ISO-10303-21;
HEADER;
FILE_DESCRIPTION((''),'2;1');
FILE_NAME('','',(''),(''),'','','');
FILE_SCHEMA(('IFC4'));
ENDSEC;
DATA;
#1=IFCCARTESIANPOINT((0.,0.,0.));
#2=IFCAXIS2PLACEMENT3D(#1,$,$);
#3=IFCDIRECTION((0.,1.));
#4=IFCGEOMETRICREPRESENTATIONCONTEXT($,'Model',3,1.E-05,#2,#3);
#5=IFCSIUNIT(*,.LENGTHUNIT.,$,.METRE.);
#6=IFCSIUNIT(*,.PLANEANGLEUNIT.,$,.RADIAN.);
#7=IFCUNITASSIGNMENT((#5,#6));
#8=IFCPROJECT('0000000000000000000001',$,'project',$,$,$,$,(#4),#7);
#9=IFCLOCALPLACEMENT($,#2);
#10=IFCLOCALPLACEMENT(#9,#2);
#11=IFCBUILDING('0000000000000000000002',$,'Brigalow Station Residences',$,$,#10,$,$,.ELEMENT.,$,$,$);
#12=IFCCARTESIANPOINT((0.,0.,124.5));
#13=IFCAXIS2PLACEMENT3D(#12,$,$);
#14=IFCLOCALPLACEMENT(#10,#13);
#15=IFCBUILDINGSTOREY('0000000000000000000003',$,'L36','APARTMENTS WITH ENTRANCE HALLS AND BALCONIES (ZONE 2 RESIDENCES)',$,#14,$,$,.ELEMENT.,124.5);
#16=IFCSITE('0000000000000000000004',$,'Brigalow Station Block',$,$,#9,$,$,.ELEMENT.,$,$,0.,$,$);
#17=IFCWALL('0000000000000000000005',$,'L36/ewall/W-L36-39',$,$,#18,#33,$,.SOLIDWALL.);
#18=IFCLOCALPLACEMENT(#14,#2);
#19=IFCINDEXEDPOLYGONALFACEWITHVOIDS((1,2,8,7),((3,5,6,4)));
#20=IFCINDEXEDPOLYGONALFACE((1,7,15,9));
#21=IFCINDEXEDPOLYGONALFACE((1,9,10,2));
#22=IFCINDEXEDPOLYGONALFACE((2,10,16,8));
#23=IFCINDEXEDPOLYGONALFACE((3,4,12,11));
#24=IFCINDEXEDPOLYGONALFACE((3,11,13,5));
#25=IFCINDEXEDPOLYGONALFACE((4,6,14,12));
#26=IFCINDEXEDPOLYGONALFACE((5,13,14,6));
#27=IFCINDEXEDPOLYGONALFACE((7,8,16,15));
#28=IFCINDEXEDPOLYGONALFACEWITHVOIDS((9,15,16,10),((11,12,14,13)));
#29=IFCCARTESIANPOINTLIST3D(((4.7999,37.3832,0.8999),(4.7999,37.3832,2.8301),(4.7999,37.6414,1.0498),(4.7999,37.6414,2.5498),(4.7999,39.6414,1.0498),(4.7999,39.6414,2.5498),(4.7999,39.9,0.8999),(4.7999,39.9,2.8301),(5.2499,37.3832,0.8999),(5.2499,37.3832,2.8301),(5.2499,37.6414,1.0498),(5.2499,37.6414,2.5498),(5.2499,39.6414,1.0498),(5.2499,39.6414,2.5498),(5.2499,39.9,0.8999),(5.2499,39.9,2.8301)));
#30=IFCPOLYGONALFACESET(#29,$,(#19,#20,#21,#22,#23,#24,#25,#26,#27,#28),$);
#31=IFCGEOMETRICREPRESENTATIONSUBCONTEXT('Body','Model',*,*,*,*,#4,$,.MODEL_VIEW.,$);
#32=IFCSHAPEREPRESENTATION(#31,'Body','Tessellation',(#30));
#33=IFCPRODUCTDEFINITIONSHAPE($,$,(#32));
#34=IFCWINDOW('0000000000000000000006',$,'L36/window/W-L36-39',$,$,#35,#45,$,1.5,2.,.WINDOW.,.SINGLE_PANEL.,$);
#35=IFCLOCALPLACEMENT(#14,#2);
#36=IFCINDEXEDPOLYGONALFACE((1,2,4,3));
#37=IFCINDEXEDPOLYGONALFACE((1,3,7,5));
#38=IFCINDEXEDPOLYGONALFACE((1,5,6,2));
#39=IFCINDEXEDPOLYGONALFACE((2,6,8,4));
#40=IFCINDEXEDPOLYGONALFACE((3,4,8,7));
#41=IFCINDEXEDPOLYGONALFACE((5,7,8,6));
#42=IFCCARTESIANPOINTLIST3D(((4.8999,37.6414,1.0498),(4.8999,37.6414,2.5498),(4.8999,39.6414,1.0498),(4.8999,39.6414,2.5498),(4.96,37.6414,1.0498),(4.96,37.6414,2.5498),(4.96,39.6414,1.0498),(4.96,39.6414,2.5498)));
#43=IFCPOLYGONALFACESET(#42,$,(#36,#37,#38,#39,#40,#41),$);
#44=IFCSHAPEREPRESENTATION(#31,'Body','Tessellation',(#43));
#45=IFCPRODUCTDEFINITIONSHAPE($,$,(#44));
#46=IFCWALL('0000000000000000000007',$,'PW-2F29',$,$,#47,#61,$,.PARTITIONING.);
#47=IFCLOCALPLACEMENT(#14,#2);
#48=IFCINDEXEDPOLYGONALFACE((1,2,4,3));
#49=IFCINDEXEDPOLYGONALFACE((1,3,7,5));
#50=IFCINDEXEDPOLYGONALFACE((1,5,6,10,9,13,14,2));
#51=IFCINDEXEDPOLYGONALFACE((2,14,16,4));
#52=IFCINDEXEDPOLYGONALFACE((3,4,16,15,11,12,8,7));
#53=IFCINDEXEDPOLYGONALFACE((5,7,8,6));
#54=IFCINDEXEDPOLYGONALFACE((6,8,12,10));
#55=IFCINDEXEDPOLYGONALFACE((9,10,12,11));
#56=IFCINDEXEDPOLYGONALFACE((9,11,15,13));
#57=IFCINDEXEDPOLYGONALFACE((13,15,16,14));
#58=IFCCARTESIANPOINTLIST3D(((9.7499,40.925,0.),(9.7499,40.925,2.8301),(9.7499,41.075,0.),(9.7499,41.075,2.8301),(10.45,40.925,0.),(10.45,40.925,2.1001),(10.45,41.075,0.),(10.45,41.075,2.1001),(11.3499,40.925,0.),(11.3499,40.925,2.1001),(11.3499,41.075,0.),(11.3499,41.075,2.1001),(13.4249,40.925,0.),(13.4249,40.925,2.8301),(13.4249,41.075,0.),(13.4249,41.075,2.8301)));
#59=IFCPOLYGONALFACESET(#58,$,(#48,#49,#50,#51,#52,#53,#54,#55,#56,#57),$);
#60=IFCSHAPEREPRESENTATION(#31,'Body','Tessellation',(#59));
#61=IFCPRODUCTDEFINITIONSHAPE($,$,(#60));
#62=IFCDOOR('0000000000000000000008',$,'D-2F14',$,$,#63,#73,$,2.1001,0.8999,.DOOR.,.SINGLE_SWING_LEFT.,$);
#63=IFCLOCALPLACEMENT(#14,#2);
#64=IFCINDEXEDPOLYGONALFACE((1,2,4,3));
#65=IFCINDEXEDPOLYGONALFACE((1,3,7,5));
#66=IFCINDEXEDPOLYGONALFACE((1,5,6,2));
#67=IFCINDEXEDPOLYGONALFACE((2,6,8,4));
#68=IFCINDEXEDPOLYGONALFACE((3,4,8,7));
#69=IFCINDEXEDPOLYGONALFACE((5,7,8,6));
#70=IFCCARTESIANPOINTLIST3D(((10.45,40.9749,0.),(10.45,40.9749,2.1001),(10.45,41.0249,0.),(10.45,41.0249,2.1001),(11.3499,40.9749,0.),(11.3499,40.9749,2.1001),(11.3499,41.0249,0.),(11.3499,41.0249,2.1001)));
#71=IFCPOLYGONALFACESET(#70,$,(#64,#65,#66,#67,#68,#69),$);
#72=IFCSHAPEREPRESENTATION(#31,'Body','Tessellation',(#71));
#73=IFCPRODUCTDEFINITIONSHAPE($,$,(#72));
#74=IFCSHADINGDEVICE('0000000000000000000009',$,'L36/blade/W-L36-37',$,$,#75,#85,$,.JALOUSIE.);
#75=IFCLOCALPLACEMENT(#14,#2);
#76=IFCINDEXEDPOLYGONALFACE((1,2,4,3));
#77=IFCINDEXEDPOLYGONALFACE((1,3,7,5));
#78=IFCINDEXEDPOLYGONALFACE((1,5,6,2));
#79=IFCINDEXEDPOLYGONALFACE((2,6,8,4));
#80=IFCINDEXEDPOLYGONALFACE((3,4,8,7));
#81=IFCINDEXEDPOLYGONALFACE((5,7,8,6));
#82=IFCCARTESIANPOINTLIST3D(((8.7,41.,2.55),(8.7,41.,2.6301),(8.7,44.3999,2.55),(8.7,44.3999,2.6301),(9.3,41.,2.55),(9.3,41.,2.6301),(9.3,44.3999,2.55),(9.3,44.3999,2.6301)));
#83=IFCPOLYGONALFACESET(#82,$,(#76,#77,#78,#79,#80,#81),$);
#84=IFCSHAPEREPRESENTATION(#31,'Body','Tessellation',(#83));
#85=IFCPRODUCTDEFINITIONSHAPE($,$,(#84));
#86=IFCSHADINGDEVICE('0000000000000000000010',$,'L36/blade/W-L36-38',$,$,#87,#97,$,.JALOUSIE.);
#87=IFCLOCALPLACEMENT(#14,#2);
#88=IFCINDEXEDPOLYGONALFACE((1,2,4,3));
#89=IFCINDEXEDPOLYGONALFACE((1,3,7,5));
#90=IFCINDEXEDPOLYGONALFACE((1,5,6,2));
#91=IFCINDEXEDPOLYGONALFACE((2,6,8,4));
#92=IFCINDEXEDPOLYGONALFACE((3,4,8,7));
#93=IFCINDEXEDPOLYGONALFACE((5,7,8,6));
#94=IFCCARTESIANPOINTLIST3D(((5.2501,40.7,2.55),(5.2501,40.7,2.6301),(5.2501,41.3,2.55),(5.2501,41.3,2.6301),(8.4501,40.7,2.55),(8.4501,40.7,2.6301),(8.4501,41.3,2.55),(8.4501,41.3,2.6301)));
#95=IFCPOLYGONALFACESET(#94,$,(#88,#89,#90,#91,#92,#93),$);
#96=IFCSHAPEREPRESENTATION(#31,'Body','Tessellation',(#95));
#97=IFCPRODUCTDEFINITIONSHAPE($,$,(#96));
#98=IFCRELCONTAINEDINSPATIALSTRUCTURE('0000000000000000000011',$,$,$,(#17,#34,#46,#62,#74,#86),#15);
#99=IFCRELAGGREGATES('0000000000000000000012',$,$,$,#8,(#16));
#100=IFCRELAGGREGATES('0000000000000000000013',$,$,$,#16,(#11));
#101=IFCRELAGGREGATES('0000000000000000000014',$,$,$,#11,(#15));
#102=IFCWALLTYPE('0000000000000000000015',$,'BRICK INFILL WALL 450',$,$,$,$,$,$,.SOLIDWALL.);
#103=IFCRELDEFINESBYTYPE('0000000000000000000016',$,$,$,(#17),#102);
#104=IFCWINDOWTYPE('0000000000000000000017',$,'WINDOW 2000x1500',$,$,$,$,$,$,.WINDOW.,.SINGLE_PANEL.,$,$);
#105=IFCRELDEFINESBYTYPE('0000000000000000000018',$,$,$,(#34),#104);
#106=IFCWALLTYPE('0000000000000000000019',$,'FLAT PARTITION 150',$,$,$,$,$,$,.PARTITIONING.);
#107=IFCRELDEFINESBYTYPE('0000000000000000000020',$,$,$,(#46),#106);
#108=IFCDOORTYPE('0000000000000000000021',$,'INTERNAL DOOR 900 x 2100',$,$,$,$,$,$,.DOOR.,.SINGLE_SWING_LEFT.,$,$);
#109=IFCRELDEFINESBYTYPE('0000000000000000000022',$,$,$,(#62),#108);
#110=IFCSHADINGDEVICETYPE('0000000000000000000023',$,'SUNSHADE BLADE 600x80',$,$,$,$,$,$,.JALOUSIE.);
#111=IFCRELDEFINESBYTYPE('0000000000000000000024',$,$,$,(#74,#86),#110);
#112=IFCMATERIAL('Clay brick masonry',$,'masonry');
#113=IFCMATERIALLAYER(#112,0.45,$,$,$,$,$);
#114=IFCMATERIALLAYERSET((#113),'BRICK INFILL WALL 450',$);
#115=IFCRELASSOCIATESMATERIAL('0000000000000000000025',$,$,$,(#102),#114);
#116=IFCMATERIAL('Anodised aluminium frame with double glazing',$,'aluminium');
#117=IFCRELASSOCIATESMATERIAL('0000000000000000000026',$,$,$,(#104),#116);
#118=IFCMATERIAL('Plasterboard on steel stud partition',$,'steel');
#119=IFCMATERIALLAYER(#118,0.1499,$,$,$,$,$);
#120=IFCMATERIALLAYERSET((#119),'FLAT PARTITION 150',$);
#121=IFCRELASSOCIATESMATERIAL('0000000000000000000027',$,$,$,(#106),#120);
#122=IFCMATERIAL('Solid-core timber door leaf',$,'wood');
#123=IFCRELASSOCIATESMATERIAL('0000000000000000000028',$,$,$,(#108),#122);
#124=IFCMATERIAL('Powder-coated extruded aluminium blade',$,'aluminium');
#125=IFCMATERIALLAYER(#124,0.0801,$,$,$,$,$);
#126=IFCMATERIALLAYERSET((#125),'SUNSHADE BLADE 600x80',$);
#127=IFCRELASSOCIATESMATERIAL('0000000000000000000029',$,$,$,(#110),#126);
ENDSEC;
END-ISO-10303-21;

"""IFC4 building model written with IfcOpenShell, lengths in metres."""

from ifc_helpers import new_model, si_unit, direction, frame, frame_2d, origin, origin_2d, place, context, subcontext, project, spatial, rectangle, extrude, material, layer, layer_set, type_object, element, fill, save


model = new_model("IFC4")

# Units and contexts
model_context = context("Model", 3, precision=1e-05, world=origin(), true_north=direction((0.0, 1.0)))
body_context = subcontext(model_context, "Body", "Model", "MODEL_VIEW")
ifc_project = project(units=[si_unit("LENGTHUNIT", "METRE"), si_unit("PLANEANGLEUNIT", "RADIAN")], contexts=[model_context])

# Site, building, storey
site_placement = place(None, origin())
site = spatial("IfcSite", under=ifc_project, at=site_placement, Name="Brigalow Station Block", CompositionType="ELEMENT", RefElevation=0.0)
building_placement = place(site_placement, origin())
building = spatial("IfcBuilding", under=site, at=building_placement, Name="Brigalow Station Residences", CompositionType="ELEMENT")
storey_placement = place(building_placement, frame((0.0, 0.0, 124.5)))
storey = spatial("IfcBuildingStorey", under=building, at=storey_placement, Name="L36", Description="APARTMENTS WITH ENTRANCE HALLS AND BALCONIES (ZONE 2 RESIDENCES)", CompositionType="ELEMENT", Elevation=124.5)

# Shared definitions
ifc_material_1 = material(Name="Clay brick masonry", Category="masonry")
ifc_layer_1 = layer(ifc_material_1, 0.45)
ifc_layer_set_1 = layer_set([ifc_layer_1], Name="BRICK INFILL WALL 450")
wall_type_1 = type_object("IfcWallType", Name="BRICK INFILL WALL 450", PredefinedType="SOLIDWALL", material=ifc_layer_set_1)

# Wall, opening, window
wall_1_placement = place(storey_placement, frame((5.0249, 39.8999, 0.8999), z_axis=(0.0, 0.0, 1.0), x_axis=(0.0, -1.0, 0.0)))
wall_1 = element("IfcWall", 1, at=wall_1_placement, inside=storey, type_object=wall_type_1, Name="L36/ewall/W-L36-39", PredefinedType="SOLIDWALL", context=body_context, shape_type="SweptSolid", body=[
    extrude(rectangle(XDim=2.5168, YDim=0.45, at=frame_2d((1.2583, 0.0))), origin(), (0.0, 0.0, 1.0), 1.9302),
])
opening_1_placement = place(wall_1_placement, frame((0.2585, 0.0, 0.1499)))
opening_1 = element("IfcOpeningElement", 2, at=opening_1_placement, cuts=wall_1, PredefinedType="OPENING", context=body_context, shape_type="SweptSolid", body=[
    extrude(rectangle(XDim=2.0, YDim=1.5, at=frame_2d((1.0, 0.75))), frame((0.0, 0.2349, 0.0), z_axis=(0.0, -1.0, 0.0), x_axis=(1.0, 0.0, 0.0)), (0.0, 0.0, 1.0), 0.47),
])
ifc_material_2 = material(Name="Anodised aluminium frame with double glazing", Category="aluminium")
window_type_1 = type_object("IfcWindowType", Name="WINDOW 2000x1500", PartitioningType="SINGLE_PANEL", PredefinedType="WINDOW", material=ifc_material_2)
window_1_placement = place(opening_1_placement, origin())
window_1 = element("IfcWindow", 3, at=window_1_placement, inside=storey, type_object=window_type_1, Name="L36/window/W-L36-39", OverallHeight=1.5, OverallWidth=2.0, PartitioningType="SINGLE_PANEL", PredefinedType="WINDOW", context=body_context, shape_type="SweptSolid", body=[
    extrude(rectangle(XDim=2.0, YDim=1.5, at=frame_2d((1.0, 0.75))), frame((0.0, -0.0649, 0.0), z_axis=(0.0, -1.0, 0.0), x_axis=(1.0, 0.0, 0.0)), (0.0, 0.0, 1.0), 0.0601),
])
fill(opening_1, window_1)

# Wall, opening, door
ifc_material_3 = material(Name="Plasterboard on steel stud partition", Category="steel")
ifc_layer_2 = layer(ifc_material_3, 0.1499)
ifc_layer_set_2 = layer_set([ifc_layer_2], Name="FLAT PARTITION 150")
wall_type_2 = type_object("IfcWallType", Name="FLAT PARTITION 150", PredefinedType="PARTITIONING", material=ifc_layer_set_2)
wall_2_placement = place(storey_placement, frame((9.75, 41.0, 0.0), z_axis=(0.0, 0.0, 1.0), x_axis=(1.0, 0.0, 0.0)))
wall_2 = element("IfcWall", 4, at=wall_2_placement, inside=storey, type_object=wall_type_2, Name="PW-2F29", PredefinedType="PARTITIONING", context=body_context, shape_type="SweptSolid", body=[
    extrude(rectangle(XDim=3.675, YDim=0.1499, at=frame_2d((1.8374, 0.0))), origin(), (0.0, 0.0, 1.0), 2.8301),
])
opening_2_placement = place(wall_2_placement, frame((0.7, 0.0, 0.0)))
opening_2 = element("IfcOpeningElement", 5, at=opening_2_placement, cuts=wall_2, PredefinedType="OPENING", context=body_context, shape_type="SweptSolid", body=[
    extrude(rectangle(XDim=0.8999, YDim=2.1001, at=frame_2d((0.45, 1.05))), frame((0.0, 0.085, 0.0), z_axis=(0.0, -1.0, 0.0), x_axis=(1.0, 0.0, 0.0)), (0.0, 0.0, 1.0), 0.1699),
])
ifc_material_4 = material(Name="Solid-core timber door leaf", Category="wood")
door_type_1 = type_object("IfcDoorType", Name="INTERNAL DOOR 900 x 2100", OperationType="SINGLE_SWING_LEFT", PredefinedType="DOOR", material=ifc_material_4)
door_1_placement = place(opening_2_placement, origin())
door_1 = element("IfcDoor", 6, at=door_1_placement, inside=storey, type_object=door_type_1, Name="D-2F14", OperationType="SINGLE_SWING_LEFT", OverallHeight=2.1001, OverallWidth=0.8999, PredefinedType="DOOR", context=body_context, shape_type="SweptSolid", body=[
    extrude(rectangle(XDim=0.8999, YDim=2.1001, at=frame_2d((0.45, 1.05))), frame((0.0, 0.0249, 0.0), z_axis=(0.0, -1.0, 0.0), x_axis=(1.0, 0.0, 0.0)), (0.0, 0.0, 1.0), 0.05),
])
fill(opening_2, door_1)

# Shading devices
ifc_material_5 = material(Name="Powder-coated extruded aluminium blade", Category="aluminium")
ifc_layer_3 = layer(ifc_material_5, 0.0801)
ifc_layer_set_3 = layer_set([ifc_layer_3], Name="SUNSHADE BLADE 600x80")
shading_device_type = type_object("IfcShadingDeviceType", Name="SUNSHADE BLADE 600x80", PredefinedType="JALOUSIE", material=ifc_layer_set_3)
shading_device_1_placement = place(storey_placement, frame((9.0, 42.7, 2.55), z_axis=(0.0, 0.0, 1.0), x_axis=(0.0, -1.0, 0.0)))
element("IfcShadingDevice", 7, at=shading_device_1_placement, inside=storey, type_object=shading_device_type, Name="L36/blade/W-L36-37", PredefinedType="JALOUSIE", context=body_context, shape_type="SweptSolid", body=[
    extrude(rectangle(XDim=3.3999, YDim=0.6001, at=origin_2d()), origin(), (0.0, 0.0, 1.0), 0.0801),
])
shading_device_2_placement = place(storey_placement, frame((6.8501, 41.0, 2.55), z_axis=(0.0, 0.0, 1.0), x_axis=(-1.0, 0.0, 0.0)))
element("IfcShadingDevice", 8, at=shading_device_2_placement, inside=storey, type_object=shading_device_type, Name="L36/blade/W-L36-38", PredefinedType="JALOUSIE", context=body_context, shape_type="SweptSolid", body=[
    extrude(rectangle(XDim=3.2, YDim=0.6001, at=origin_2d()), origin(), (0.0, 0.0, 1.0), 0.0801),
])

save(model, "model.ifc")
